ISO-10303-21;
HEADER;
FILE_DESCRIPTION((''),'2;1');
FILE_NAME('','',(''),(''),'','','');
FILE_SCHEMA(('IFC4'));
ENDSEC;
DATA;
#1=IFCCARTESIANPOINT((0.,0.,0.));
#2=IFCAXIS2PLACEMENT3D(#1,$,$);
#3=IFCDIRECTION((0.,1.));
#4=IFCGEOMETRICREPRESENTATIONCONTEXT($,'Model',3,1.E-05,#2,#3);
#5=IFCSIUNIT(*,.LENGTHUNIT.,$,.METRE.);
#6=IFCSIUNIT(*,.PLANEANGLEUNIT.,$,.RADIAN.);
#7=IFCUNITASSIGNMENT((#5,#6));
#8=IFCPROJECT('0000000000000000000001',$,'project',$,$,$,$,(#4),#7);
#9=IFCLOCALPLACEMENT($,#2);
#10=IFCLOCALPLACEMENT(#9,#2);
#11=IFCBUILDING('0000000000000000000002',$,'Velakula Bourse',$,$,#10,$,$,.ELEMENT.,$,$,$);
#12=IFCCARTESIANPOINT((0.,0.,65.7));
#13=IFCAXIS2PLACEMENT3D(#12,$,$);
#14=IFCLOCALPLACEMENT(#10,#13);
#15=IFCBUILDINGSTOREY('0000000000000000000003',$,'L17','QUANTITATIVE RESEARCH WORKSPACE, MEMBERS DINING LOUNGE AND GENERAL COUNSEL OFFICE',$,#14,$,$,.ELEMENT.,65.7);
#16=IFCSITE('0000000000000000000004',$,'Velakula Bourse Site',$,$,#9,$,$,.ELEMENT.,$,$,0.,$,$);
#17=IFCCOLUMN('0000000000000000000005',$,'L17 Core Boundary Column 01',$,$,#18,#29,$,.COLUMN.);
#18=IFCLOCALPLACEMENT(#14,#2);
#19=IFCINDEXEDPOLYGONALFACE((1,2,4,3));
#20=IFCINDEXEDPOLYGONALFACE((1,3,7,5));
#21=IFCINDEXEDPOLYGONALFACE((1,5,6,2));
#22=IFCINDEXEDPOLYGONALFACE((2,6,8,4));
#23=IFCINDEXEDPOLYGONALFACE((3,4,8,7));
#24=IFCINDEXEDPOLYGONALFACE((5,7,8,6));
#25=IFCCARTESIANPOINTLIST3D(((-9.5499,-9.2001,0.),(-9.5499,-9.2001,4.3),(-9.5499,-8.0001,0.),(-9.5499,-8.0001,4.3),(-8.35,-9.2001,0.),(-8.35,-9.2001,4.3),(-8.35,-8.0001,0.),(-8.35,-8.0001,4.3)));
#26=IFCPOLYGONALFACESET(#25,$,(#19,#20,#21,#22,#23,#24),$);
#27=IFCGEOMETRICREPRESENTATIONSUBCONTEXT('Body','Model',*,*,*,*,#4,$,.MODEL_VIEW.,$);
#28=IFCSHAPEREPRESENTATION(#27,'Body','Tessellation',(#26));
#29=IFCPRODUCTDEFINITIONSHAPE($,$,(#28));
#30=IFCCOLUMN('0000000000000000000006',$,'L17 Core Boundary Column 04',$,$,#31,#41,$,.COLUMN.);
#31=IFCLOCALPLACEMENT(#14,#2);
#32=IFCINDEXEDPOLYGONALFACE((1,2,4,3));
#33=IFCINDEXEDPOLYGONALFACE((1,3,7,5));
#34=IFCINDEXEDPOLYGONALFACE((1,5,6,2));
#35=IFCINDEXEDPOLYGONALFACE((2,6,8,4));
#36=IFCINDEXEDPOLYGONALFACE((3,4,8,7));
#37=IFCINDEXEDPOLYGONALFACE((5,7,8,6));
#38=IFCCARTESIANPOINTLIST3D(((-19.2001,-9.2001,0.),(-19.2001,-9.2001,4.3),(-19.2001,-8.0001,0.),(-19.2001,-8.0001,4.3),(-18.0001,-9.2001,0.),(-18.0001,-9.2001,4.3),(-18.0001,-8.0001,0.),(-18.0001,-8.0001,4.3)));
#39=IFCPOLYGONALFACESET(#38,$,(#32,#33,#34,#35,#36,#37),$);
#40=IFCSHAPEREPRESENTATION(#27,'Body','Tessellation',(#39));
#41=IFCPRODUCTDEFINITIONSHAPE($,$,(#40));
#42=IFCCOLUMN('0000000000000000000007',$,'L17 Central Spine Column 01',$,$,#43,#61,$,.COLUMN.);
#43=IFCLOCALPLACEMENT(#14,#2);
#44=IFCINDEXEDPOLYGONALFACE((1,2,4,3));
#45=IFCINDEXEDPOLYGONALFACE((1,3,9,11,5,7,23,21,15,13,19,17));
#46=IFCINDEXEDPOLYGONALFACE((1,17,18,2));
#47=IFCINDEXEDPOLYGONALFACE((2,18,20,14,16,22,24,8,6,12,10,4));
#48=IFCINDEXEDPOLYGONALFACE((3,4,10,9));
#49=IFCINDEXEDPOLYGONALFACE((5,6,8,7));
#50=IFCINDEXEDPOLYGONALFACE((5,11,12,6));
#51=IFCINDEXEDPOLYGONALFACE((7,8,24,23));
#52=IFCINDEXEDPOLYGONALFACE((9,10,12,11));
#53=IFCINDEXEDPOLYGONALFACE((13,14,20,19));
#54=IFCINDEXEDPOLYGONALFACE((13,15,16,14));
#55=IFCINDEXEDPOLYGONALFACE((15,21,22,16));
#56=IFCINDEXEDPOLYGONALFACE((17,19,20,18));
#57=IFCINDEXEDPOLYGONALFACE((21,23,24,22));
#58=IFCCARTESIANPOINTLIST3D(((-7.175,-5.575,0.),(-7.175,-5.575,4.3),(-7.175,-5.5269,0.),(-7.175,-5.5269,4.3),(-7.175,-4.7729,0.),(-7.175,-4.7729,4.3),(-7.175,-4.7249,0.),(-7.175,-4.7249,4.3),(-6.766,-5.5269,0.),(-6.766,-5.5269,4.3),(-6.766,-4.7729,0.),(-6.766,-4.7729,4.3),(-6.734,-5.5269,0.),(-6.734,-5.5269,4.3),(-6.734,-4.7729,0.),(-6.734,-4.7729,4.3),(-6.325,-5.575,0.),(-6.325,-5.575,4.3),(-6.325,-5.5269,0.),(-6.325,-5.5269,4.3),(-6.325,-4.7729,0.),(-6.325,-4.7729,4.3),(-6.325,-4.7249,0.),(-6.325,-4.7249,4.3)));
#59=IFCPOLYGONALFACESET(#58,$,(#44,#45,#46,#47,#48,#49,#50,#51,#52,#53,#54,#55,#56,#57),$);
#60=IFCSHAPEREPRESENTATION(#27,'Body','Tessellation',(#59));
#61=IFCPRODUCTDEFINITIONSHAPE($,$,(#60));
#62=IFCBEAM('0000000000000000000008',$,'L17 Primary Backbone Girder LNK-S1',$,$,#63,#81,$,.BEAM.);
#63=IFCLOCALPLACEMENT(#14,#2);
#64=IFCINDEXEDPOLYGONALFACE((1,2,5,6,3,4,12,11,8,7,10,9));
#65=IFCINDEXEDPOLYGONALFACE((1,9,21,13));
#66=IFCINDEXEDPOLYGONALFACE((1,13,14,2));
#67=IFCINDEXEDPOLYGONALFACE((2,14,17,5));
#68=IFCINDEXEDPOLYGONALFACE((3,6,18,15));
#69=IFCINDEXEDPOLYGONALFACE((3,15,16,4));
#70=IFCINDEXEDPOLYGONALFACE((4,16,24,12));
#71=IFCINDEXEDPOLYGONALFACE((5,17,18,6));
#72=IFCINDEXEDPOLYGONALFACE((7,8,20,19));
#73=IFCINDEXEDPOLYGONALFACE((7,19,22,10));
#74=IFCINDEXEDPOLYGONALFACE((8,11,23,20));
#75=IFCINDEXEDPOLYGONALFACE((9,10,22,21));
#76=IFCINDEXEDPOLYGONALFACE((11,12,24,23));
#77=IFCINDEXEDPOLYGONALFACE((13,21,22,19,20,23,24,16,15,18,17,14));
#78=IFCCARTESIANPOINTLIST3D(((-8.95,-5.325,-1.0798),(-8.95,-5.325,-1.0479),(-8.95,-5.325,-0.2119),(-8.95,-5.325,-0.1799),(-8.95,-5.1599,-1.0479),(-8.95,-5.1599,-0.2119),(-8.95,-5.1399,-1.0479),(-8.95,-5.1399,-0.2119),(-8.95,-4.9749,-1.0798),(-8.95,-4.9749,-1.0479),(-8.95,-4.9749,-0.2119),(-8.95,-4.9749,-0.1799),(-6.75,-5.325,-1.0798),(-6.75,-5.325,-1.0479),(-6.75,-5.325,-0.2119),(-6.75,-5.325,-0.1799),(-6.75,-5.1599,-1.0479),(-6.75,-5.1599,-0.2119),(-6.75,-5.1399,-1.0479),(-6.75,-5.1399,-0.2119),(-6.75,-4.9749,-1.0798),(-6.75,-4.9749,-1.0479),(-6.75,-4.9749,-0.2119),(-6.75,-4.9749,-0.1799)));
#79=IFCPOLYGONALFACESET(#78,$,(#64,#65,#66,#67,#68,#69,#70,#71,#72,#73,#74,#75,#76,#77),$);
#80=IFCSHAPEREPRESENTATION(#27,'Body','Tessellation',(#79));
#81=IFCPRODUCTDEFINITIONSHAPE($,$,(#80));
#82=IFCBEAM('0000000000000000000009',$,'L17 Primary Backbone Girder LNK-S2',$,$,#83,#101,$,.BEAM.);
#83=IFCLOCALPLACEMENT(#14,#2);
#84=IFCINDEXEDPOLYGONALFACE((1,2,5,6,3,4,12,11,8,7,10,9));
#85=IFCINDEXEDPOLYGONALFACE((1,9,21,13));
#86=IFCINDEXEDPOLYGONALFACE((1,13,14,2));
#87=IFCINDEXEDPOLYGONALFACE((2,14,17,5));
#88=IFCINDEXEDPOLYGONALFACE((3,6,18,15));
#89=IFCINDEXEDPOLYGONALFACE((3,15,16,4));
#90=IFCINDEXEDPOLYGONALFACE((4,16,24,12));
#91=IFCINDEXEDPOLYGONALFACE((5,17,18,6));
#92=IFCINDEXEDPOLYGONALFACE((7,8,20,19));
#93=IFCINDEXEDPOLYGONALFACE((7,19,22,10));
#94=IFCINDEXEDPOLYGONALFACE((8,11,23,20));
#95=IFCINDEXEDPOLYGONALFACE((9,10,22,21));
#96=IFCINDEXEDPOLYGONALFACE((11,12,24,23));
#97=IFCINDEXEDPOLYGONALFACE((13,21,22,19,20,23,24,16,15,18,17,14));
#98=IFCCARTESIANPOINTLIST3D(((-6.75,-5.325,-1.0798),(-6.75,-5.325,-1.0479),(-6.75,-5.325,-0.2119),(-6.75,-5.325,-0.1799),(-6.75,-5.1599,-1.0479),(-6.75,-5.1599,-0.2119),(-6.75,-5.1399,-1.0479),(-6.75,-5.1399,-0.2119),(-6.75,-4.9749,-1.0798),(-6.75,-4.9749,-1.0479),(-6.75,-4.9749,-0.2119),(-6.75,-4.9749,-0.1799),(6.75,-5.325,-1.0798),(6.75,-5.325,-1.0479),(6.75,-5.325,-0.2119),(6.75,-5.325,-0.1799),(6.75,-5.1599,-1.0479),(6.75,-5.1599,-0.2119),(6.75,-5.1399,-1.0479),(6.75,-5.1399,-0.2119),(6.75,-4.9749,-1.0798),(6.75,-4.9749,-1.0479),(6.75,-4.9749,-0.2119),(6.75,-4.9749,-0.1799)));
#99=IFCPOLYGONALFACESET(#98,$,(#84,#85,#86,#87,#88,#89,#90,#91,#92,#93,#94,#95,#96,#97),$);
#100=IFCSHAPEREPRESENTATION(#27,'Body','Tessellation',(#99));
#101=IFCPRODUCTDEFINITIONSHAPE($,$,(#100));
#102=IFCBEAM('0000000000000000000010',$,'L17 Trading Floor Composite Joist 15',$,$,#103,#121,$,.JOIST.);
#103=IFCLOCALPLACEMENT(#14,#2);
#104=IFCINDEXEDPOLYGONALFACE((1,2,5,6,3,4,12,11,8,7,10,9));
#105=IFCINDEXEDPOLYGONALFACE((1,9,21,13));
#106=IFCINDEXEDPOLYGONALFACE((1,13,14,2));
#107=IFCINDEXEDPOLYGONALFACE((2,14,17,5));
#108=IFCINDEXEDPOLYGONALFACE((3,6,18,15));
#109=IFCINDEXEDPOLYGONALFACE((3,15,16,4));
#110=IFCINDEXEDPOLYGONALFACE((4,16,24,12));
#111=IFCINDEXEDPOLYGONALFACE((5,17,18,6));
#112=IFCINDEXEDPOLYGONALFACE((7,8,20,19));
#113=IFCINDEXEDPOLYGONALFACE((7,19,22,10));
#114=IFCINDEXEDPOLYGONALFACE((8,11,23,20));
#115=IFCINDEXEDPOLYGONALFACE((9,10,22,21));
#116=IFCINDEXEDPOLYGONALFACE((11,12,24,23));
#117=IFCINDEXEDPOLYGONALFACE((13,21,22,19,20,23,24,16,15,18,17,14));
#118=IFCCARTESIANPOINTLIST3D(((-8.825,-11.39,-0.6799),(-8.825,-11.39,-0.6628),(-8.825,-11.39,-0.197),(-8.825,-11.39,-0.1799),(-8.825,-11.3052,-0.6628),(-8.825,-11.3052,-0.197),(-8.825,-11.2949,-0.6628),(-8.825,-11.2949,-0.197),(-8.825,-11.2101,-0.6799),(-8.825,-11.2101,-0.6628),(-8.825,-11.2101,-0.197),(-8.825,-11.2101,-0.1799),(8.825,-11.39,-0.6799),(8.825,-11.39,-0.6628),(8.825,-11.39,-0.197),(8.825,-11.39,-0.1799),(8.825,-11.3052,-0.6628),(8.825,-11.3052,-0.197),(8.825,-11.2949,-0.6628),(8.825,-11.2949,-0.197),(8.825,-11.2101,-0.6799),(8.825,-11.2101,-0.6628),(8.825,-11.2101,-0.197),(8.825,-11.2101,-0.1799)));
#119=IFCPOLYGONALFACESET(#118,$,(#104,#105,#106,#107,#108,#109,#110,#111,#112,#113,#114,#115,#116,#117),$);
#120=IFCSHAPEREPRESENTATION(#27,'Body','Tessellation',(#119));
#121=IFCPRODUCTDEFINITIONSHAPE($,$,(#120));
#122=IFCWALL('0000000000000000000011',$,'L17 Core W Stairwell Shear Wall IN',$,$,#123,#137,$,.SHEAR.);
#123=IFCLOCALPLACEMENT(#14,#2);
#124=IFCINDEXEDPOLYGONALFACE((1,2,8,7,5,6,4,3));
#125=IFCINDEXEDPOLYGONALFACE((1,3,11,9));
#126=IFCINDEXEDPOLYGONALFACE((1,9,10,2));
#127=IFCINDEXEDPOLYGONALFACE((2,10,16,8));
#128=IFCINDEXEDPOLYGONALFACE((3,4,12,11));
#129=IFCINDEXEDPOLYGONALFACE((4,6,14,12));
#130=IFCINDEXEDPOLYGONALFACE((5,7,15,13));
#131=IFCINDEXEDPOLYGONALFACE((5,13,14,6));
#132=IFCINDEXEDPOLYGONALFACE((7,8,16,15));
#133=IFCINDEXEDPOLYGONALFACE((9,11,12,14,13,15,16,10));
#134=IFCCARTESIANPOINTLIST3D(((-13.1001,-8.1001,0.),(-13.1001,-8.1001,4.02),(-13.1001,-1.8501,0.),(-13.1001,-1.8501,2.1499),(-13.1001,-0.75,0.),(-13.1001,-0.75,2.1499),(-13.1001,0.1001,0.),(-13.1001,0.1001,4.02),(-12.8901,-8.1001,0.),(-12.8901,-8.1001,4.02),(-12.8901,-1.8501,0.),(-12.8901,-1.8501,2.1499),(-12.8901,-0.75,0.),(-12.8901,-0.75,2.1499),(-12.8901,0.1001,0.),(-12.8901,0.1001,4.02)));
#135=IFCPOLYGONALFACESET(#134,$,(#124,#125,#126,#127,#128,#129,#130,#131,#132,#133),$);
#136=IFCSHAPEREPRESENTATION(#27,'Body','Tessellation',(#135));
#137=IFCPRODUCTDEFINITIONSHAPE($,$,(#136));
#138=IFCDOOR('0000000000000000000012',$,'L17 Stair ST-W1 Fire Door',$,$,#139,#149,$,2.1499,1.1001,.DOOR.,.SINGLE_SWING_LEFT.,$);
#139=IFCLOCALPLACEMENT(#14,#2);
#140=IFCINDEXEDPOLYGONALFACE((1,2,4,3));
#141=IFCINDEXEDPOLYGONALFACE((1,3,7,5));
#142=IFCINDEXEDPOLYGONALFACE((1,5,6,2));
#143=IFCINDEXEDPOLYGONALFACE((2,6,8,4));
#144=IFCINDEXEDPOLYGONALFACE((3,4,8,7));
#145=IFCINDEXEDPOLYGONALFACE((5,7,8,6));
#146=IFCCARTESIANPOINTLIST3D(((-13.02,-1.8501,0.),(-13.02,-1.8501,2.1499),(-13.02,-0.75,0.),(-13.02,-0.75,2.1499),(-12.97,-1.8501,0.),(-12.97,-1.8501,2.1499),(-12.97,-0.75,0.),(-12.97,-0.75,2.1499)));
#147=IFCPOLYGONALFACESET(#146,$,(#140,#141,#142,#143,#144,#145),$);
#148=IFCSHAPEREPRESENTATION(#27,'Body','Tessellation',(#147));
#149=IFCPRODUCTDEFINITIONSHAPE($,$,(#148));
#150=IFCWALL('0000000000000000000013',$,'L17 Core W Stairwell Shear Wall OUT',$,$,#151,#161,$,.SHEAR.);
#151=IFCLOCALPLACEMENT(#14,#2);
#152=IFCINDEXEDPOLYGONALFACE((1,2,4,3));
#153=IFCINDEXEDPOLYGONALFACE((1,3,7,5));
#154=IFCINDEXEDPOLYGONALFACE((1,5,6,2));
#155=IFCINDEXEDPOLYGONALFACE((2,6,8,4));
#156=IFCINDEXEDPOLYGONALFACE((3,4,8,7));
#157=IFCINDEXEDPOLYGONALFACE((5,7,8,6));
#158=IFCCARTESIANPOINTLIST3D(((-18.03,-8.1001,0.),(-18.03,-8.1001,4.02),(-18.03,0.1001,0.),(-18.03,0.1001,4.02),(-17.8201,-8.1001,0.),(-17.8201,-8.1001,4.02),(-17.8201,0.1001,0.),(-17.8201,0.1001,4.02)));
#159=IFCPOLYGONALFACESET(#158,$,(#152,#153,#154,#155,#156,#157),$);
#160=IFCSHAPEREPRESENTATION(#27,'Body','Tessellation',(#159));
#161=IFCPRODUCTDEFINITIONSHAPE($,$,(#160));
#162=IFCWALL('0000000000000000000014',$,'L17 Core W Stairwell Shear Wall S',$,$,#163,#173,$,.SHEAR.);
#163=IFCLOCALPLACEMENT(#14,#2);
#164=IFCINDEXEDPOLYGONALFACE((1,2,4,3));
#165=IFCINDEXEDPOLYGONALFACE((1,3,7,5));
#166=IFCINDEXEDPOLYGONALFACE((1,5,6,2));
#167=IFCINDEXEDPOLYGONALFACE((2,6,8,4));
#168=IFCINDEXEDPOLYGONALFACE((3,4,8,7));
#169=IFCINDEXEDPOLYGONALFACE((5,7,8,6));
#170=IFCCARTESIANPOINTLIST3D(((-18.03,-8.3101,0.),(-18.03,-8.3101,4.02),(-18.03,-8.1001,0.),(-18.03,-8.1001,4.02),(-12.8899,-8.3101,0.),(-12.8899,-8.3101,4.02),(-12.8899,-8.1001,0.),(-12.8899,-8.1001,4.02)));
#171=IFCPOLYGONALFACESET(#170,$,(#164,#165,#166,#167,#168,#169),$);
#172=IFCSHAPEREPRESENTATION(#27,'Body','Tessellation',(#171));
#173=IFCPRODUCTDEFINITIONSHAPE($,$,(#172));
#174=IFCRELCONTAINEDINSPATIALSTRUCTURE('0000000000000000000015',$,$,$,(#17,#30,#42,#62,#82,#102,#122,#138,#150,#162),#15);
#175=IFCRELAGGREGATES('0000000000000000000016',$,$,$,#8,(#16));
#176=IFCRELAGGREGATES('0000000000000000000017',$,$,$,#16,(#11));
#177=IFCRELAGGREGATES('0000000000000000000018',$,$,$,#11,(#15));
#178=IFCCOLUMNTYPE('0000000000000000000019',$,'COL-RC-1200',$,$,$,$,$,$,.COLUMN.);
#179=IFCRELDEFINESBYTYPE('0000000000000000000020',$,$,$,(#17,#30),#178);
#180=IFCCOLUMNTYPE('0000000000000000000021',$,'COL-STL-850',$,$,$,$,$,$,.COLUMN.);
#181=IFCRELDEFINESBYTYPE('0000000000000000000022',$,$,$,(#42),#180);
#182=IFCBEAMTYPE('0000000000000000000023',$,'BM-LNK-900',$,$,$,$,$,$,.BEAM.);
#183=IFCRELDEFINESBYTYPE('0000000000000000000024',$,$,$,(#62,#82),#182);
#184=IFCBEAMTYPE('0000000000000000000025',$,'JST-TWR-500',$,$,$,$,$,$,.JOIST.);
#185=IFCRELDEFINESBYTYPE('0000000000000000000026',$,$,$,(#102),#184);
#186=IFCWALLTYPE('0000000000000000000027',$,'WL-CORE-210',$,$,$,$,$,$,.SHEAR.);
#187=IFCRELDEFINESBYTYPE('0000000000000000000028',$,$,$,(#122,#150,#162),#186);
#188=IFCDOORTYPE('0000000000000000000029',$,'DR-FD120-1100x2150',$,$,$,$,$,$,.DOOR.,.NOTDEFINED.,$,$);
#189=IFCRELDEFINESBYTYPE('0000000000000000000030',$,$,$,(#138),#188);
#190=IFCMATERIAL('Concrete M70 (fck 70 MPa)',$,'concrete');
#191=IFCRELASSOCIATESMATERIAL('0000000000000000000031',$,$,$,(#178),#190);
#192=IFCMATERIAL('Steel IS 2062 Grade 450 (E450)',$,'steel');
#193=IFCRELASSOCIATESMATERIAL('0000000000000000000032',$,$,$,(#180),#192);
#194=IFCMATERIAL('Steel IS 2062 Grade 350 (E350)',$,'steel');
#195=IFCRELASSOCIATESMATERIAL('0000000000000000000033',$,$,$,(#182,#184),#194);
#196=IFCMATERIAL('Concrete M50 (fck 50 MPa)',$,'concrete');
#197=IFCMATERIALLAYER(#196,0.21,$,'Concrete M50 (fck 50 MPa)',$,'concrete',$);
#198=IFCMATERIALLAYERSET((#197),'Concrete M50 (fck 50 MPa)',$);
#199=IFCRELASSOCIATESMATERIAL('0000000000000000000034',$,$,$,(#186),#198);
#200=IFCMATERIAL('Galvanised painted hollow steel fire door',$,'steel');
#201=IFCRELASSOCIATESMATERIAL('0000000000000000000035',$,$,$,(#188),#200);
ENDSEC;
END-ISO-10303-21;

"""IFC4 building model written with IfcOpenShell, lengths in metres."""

from ifc_helpers import new_model, si_unit, direction, frame, frame_2d, origin, origin_2d, place, context, subcontext, project, spatial, rectangle, i_section, extrude, material, layer, layer_set, material_profile, profile_set, type_object, element, fill, save


model = new_model("IFC4")

# Units and contexts
model_context = context("Model", 3, precision=1e-05, world=origin(), true_north=direction((0.0, 1.0)))
body_context = subcontext(model_context, "Body", "Model", "MODEL_VIEW")
ifc_project = project(units=[si_unit("LENGTHUNIT", "METRE"), si_unit("PLANEANGLEUNIT", "RADIAN")], contexts=[model_context])

# Site, building, storey
site_placement = place(None, origin())
site = spatial("IfcSite", under=ifc_project, at=site_placement, Name="Velakula Bourse Site", CompositionType="ELEMENT", RefElevation=0.0)
building_placement = place(site_placement, origin())
building = spatial("IfcBuilding", under=site, at=building_placement, Name="Velakula Bourse", CompositionType="ELEMENT")
storey_placement = place(building_placement, frame((0.0, 0.0, 65.7)))
storey = spatial("IfcBuildingStorey", under=building, at=storey_placement, Name="L17", Description="QUANTITATIVE RESEARCH WORKSPACE, MEMBERS DINING LOUNGE AND GENERAL COUNSEL OFFICE", CompositionType="ELEMENT", Elevation=65.7)

# Columns
ifc_material_1 = material(Name="Concrete M70 (fck 70 MPa)", Category="concrete")
ifc_material_profile_1 = material_profile(ifc_material_1, rectangle(XDim=1.2, YDim=1.2, at=origin_2d()), Name="Concrete M70 (fck 70 MPa)")
ifc_profile_set_1 = profile_set([ifc_material_profile_1], Name="Concrete M70 (fck 70 MPa)")
column_type_1 = type_object("IfcColumnType", Name="COL-RC-1200", PredefinedType="COLUMN", material=ifc_profile_set_1)
for number, where, z_axis, x_axis, name in (
    (1, (-8.95, -8.6001, 0.0), (0.0, 0.0, 1.0), (1.0, 0.0, 0.0), "L17 Core Boundary Column 01"),
    (2, (-18.6001, -8.6001, 0.0), (0.0, 0.0, 1.0), (1.0, 0.0, 0.0), "L17 Core Boundary Column 04"),
):
    element("IfcColumn", number, at=place(storey_placement, frame(where, z_axis=z_axis, x_axis=x_axis)), inside=storey, type_object=column_type_1, Name=name, PredefinedType="COLUMN", context=body_context, shape_type="SweptSolid", body=[
        extrude(rectangle(XDim=1.2, YDim=1.2, at=origin_2d()), origin(), (0.0, 0.0, 1.0), 4.3),
    ])
ifc_material_2 = material(Name="Steel IS 2062 Grade 450 (E450)", Category="steel")
ifc_material_profile_2 = material_profile(ifc_material_2, i_section(OverallWidth=0.8501, OverallDepth=0.8501, WebThickness=0.032, FlangeThickness=0.0481, at=origin_2d()), Name="Steel IS 2062 Grade 450 (E450)")
ifc_profile_set_2 = profile_set([ifc_material_profile_2], Name="Steel IS 2062 Grade 450 (E450)")
column_type_2 = type_object("IfcColumnType", Name="COL-STL-850", PredefinedType="COLUMN", material=ifc_profile_set_2)
column_placement = place(storey_placement, frame((-6.75, -5.1499, 0.0), z_axis=(0.0, 0.0, 1.0), x_axis=(1.0, 0.0, 0.0)))
element("IfcColumn", 3, at=column_placement, inside=storey, type_object=column_type_2, Name="L17 Central Spine Column 01", PredefinedType="COLUMN", context=body_context, shape_type="SweptSolid", body=[
    extrude(i_section(OverallWidth=0.8501, OverallDepth=0.8501, WebThickness=0.032, FlangeThickness=0.0481, at=origin_2d()), origin(), (0.0, 0.0, 1.0), 4.3),
])

# Beams
ifc_material_3 = material(Name="Steel IS 2062 Grade 350 (E350)", Category="steel")
ifc_material_profile_3 = material_profile(ifc_material_3, i_section(OverallWidth=0.3501, OverallDepth=0.8999, WebThickness=0.02, FlangeThickness=0.032, at=origin_2d()), Name="Steel IS 2062 Grade 350 (E350)")
ifc_profile_set_3 = profile_set([ifc_material_profile_3], Name="Steel IS 2062 Grade 350 (E350)")
beam_type_1 = type_object("IfcBeamType", Name="BM-LNK-900", PredefinedType="BEAM", material=ifc_profile_set_3)
beam_1_placement = place(storey_placement, frame((-8.95, -5.1499, -0.6299), z_axis=(1.0, 0.0, 0.0), x_axis=(0.0, 1.0, 0.0)))
element("IfcBeam", 4, at=beam_1_placement, inside=storey, type_object=beam_type_1, Name="L17 Primary Backbone Girder LNK-S1", PredefinedType="BEAM", context=body_context, shape_type="SweptSolid", body=[
    extrude(i_section(OverallWidth=0.3501, OverallDepth=0.8999, WebThickness=0.02, FlangeThickness=0.032, at=origin_2d()), origin(), (0.0, 0.0, 1.0), 2.2),
])
beam_2_placement = place(storey_placement, frame((-6.75, -5.1499, -0.6299), z_axis=(1.0, 0.0, 0.0), x_axis=(0.0, 1.0, 0.0)))
element("IfcBeam", 5, at=beam_2_placement, inside=storey, type_object=beam_type_1, Name="L17 Primary Backbone Girder LNK-S2", PredefinedType="BEAM", context=body_context, shape_type="SweptSolid", body=[
    extrude(i_section(OverallWidth=0.3501, OverallDepth=0.8999, WebThickness=0.02, FlangeThickness=0.032, at=origin_2d()), origin(), (0.0, 0.0, 1.0), 13.5),
])
ifc_material_profile_4 = material_profile(ifc_material_3, i_section(OverallWidth=0.1799, OverallDepth=0.5, WebThickness=0.0103, FlangeThickness=0.0171, at=origin_2d()), Name="Steel IS 2062 Grade 350 (E350)")
ifc_profile_set_4 = profile_set([ifc_material_profile_4], Name="Steel IS 2062 Grade 350 (E350)")
beam_type_2 = type_object("IfcBeamType", Name="JST-TWR-500", PredefinedType="JOIST", material=ifc_profile_set_4)
beam_3_placement = place(storey_placement, frame((-8.825, -11.3, -0.4299), z_axis=(1.0, 0.0, 0.0), x_axis=(0.0, 1.0, 0.0)))
element("IfcBeam", 6, at=beam_3_placement, inside=storey, type_object=beam_type_2, Name="L17 Trading Floor Composite Joist 15", PredefinedType="JOIST", context=body_context, shape_type="SweptSolid", body=[
    extrude(i_section(OverallWidth=0.1799, OverallDepth=0.5, WebThickness=0.0103, FlangeThickness=0.0171, at=origin_2d()), origin(), (0.0, 0.0, 1.0), 17.6499),
])

# Wall, opening, door
ifc_material_4 = material(Name="Concrete M50 (fck 50 MPa)", Category="concrete")
ifc_layer_1 = layer(ifc_material_4, 0.21, Name="Concrete M50 (fck 50 MPa)", Category="concrete")
ifc_layer_set_1 = layer_set([ifc_layer_1], Name="Concrete M50 (fck 50 MPa)")
wall_type_1 = type_object("IfcWallType", Name="WL-CORE-210", PredefinedType="SHEAR", material=ifc_layer_set_1)
wall_1_placement = place(storey_placement, frame((-12.9951, -8.1001, 0.0), z_axis=(0.0, 0.0, 1.0), x_axis=(0.0, 1.0, 0.0)))
wall_1 = element("IfcWall", 7, at=wall_1_placement, inside=storey, type_object=wall_type_1, Name="L17 Core W Stairwell Shear Wall IN", PredefinedType="SHEAR", context=body_context, shape_type="SweptSolid", body=[
    extrude(rectangle(XDim=8.2002, YDim=0.21, at=frame_2d((4.1001, 0.0))), origin(), (0.0, 0.0, 1.0), 4.02),
])
opening_1_placement = place(wall_1_placement, frame((6.25, 0.0, 0.0)))
opening_1 = element("IfcOpeningElement", 8, at=opening_1_placement, cuts=wall_1, PredefinedType="OPENING", context=body_context, shape_type="SweptSolid", body=[
    extrude(rectangle(XDim=1.1001, YDim=2.1499, at=frame_2d((0.55, 1.075))), frame((0.0, 0.115, 0.0), z_axis=(0.0, -1.0, 0.0), x_axis=(1.0, 0.0, 0.0)), (0.0, 0.0, 1.0), 0.23),
])
ifc_material_5 = material(Name="Galvanised painted hollow steel fire door", Category="steel")
door_type_1 = type_object("IfcDoorType", Name="DR-FD120-1100x2150", OperationType="NOTDEFINED", PredefinedType="DOOR", material=ifc_material_5)
door_1_placement = place(opening_1_placement, origin())
door_1 = element("IfcDoor", 9, at=door_1_placement, inside=storey, type_object=door_type_1, Name="L17 Stair ST-W1 Fire Door", OperationType="SINGLE_SWING_LEFT", OverallHeight=2.1499, OverallWidth=1.1001, PredefinedType="DOOR", context=body_context, shape_type="SweptSolid", body=[
    extrude(rectangle(XDim=1.1001, YDim=2.1499, at=frame_2d((0.55, 1.075))), frame((0.0, 0.0249, 0.0), z_axis=(0.0, -1.0, 0.0), x_axis=(1.0, 0.0, 0.0)), (0.0, 0.0, 1.0), 0.05),
])
fill(opening_1, door_1)

# Walls
wall_2_placement = place(storey_placement, frame((-17.925, -8.1001, 0.0), z_axis=(0.0, 0.0, 1.0), x_axis=(0.0, 1.0, 0.0)))
element("IfcWall", 10, at=wall_2_placement, inside=storey, type_object=wall_type_1, Name="L17 Core W Stairwell Shear Wall OUT", PredefinedType="SHEAR", context=body_context, shape_type="SweptSolid", body=[
    extrude(rectangle(XDim=8.2002, YDim=0.21, at=frame_2d((4.1001, 0.0))), origin(), (0.0, 0.0, 1.0), 4.02),
])
wall_3_placement = place(storey_placement, frame((-18.03, -8.2051, 0.0), z_axis=(0.0, 0.0, 1.0), x_axis=(1.0, 0.0, 0.0)))
element("IfcWall", 11, at=wall_3_placement, inside=storey, type_object=wall_type_1, Name="L17 Core W Stairwell Shear Wall S", PredefinedType="SHEAR", context=body_context, shape_type="SweptSolid", body=[
    extrude(rectangle(XDim=5.1401, YDim=0.21, at=frame_2d((2.5701, 0.0))), origin(), (0.0, 0.0, 1.0), 4.02),
])

save(model, "model.ifc")
